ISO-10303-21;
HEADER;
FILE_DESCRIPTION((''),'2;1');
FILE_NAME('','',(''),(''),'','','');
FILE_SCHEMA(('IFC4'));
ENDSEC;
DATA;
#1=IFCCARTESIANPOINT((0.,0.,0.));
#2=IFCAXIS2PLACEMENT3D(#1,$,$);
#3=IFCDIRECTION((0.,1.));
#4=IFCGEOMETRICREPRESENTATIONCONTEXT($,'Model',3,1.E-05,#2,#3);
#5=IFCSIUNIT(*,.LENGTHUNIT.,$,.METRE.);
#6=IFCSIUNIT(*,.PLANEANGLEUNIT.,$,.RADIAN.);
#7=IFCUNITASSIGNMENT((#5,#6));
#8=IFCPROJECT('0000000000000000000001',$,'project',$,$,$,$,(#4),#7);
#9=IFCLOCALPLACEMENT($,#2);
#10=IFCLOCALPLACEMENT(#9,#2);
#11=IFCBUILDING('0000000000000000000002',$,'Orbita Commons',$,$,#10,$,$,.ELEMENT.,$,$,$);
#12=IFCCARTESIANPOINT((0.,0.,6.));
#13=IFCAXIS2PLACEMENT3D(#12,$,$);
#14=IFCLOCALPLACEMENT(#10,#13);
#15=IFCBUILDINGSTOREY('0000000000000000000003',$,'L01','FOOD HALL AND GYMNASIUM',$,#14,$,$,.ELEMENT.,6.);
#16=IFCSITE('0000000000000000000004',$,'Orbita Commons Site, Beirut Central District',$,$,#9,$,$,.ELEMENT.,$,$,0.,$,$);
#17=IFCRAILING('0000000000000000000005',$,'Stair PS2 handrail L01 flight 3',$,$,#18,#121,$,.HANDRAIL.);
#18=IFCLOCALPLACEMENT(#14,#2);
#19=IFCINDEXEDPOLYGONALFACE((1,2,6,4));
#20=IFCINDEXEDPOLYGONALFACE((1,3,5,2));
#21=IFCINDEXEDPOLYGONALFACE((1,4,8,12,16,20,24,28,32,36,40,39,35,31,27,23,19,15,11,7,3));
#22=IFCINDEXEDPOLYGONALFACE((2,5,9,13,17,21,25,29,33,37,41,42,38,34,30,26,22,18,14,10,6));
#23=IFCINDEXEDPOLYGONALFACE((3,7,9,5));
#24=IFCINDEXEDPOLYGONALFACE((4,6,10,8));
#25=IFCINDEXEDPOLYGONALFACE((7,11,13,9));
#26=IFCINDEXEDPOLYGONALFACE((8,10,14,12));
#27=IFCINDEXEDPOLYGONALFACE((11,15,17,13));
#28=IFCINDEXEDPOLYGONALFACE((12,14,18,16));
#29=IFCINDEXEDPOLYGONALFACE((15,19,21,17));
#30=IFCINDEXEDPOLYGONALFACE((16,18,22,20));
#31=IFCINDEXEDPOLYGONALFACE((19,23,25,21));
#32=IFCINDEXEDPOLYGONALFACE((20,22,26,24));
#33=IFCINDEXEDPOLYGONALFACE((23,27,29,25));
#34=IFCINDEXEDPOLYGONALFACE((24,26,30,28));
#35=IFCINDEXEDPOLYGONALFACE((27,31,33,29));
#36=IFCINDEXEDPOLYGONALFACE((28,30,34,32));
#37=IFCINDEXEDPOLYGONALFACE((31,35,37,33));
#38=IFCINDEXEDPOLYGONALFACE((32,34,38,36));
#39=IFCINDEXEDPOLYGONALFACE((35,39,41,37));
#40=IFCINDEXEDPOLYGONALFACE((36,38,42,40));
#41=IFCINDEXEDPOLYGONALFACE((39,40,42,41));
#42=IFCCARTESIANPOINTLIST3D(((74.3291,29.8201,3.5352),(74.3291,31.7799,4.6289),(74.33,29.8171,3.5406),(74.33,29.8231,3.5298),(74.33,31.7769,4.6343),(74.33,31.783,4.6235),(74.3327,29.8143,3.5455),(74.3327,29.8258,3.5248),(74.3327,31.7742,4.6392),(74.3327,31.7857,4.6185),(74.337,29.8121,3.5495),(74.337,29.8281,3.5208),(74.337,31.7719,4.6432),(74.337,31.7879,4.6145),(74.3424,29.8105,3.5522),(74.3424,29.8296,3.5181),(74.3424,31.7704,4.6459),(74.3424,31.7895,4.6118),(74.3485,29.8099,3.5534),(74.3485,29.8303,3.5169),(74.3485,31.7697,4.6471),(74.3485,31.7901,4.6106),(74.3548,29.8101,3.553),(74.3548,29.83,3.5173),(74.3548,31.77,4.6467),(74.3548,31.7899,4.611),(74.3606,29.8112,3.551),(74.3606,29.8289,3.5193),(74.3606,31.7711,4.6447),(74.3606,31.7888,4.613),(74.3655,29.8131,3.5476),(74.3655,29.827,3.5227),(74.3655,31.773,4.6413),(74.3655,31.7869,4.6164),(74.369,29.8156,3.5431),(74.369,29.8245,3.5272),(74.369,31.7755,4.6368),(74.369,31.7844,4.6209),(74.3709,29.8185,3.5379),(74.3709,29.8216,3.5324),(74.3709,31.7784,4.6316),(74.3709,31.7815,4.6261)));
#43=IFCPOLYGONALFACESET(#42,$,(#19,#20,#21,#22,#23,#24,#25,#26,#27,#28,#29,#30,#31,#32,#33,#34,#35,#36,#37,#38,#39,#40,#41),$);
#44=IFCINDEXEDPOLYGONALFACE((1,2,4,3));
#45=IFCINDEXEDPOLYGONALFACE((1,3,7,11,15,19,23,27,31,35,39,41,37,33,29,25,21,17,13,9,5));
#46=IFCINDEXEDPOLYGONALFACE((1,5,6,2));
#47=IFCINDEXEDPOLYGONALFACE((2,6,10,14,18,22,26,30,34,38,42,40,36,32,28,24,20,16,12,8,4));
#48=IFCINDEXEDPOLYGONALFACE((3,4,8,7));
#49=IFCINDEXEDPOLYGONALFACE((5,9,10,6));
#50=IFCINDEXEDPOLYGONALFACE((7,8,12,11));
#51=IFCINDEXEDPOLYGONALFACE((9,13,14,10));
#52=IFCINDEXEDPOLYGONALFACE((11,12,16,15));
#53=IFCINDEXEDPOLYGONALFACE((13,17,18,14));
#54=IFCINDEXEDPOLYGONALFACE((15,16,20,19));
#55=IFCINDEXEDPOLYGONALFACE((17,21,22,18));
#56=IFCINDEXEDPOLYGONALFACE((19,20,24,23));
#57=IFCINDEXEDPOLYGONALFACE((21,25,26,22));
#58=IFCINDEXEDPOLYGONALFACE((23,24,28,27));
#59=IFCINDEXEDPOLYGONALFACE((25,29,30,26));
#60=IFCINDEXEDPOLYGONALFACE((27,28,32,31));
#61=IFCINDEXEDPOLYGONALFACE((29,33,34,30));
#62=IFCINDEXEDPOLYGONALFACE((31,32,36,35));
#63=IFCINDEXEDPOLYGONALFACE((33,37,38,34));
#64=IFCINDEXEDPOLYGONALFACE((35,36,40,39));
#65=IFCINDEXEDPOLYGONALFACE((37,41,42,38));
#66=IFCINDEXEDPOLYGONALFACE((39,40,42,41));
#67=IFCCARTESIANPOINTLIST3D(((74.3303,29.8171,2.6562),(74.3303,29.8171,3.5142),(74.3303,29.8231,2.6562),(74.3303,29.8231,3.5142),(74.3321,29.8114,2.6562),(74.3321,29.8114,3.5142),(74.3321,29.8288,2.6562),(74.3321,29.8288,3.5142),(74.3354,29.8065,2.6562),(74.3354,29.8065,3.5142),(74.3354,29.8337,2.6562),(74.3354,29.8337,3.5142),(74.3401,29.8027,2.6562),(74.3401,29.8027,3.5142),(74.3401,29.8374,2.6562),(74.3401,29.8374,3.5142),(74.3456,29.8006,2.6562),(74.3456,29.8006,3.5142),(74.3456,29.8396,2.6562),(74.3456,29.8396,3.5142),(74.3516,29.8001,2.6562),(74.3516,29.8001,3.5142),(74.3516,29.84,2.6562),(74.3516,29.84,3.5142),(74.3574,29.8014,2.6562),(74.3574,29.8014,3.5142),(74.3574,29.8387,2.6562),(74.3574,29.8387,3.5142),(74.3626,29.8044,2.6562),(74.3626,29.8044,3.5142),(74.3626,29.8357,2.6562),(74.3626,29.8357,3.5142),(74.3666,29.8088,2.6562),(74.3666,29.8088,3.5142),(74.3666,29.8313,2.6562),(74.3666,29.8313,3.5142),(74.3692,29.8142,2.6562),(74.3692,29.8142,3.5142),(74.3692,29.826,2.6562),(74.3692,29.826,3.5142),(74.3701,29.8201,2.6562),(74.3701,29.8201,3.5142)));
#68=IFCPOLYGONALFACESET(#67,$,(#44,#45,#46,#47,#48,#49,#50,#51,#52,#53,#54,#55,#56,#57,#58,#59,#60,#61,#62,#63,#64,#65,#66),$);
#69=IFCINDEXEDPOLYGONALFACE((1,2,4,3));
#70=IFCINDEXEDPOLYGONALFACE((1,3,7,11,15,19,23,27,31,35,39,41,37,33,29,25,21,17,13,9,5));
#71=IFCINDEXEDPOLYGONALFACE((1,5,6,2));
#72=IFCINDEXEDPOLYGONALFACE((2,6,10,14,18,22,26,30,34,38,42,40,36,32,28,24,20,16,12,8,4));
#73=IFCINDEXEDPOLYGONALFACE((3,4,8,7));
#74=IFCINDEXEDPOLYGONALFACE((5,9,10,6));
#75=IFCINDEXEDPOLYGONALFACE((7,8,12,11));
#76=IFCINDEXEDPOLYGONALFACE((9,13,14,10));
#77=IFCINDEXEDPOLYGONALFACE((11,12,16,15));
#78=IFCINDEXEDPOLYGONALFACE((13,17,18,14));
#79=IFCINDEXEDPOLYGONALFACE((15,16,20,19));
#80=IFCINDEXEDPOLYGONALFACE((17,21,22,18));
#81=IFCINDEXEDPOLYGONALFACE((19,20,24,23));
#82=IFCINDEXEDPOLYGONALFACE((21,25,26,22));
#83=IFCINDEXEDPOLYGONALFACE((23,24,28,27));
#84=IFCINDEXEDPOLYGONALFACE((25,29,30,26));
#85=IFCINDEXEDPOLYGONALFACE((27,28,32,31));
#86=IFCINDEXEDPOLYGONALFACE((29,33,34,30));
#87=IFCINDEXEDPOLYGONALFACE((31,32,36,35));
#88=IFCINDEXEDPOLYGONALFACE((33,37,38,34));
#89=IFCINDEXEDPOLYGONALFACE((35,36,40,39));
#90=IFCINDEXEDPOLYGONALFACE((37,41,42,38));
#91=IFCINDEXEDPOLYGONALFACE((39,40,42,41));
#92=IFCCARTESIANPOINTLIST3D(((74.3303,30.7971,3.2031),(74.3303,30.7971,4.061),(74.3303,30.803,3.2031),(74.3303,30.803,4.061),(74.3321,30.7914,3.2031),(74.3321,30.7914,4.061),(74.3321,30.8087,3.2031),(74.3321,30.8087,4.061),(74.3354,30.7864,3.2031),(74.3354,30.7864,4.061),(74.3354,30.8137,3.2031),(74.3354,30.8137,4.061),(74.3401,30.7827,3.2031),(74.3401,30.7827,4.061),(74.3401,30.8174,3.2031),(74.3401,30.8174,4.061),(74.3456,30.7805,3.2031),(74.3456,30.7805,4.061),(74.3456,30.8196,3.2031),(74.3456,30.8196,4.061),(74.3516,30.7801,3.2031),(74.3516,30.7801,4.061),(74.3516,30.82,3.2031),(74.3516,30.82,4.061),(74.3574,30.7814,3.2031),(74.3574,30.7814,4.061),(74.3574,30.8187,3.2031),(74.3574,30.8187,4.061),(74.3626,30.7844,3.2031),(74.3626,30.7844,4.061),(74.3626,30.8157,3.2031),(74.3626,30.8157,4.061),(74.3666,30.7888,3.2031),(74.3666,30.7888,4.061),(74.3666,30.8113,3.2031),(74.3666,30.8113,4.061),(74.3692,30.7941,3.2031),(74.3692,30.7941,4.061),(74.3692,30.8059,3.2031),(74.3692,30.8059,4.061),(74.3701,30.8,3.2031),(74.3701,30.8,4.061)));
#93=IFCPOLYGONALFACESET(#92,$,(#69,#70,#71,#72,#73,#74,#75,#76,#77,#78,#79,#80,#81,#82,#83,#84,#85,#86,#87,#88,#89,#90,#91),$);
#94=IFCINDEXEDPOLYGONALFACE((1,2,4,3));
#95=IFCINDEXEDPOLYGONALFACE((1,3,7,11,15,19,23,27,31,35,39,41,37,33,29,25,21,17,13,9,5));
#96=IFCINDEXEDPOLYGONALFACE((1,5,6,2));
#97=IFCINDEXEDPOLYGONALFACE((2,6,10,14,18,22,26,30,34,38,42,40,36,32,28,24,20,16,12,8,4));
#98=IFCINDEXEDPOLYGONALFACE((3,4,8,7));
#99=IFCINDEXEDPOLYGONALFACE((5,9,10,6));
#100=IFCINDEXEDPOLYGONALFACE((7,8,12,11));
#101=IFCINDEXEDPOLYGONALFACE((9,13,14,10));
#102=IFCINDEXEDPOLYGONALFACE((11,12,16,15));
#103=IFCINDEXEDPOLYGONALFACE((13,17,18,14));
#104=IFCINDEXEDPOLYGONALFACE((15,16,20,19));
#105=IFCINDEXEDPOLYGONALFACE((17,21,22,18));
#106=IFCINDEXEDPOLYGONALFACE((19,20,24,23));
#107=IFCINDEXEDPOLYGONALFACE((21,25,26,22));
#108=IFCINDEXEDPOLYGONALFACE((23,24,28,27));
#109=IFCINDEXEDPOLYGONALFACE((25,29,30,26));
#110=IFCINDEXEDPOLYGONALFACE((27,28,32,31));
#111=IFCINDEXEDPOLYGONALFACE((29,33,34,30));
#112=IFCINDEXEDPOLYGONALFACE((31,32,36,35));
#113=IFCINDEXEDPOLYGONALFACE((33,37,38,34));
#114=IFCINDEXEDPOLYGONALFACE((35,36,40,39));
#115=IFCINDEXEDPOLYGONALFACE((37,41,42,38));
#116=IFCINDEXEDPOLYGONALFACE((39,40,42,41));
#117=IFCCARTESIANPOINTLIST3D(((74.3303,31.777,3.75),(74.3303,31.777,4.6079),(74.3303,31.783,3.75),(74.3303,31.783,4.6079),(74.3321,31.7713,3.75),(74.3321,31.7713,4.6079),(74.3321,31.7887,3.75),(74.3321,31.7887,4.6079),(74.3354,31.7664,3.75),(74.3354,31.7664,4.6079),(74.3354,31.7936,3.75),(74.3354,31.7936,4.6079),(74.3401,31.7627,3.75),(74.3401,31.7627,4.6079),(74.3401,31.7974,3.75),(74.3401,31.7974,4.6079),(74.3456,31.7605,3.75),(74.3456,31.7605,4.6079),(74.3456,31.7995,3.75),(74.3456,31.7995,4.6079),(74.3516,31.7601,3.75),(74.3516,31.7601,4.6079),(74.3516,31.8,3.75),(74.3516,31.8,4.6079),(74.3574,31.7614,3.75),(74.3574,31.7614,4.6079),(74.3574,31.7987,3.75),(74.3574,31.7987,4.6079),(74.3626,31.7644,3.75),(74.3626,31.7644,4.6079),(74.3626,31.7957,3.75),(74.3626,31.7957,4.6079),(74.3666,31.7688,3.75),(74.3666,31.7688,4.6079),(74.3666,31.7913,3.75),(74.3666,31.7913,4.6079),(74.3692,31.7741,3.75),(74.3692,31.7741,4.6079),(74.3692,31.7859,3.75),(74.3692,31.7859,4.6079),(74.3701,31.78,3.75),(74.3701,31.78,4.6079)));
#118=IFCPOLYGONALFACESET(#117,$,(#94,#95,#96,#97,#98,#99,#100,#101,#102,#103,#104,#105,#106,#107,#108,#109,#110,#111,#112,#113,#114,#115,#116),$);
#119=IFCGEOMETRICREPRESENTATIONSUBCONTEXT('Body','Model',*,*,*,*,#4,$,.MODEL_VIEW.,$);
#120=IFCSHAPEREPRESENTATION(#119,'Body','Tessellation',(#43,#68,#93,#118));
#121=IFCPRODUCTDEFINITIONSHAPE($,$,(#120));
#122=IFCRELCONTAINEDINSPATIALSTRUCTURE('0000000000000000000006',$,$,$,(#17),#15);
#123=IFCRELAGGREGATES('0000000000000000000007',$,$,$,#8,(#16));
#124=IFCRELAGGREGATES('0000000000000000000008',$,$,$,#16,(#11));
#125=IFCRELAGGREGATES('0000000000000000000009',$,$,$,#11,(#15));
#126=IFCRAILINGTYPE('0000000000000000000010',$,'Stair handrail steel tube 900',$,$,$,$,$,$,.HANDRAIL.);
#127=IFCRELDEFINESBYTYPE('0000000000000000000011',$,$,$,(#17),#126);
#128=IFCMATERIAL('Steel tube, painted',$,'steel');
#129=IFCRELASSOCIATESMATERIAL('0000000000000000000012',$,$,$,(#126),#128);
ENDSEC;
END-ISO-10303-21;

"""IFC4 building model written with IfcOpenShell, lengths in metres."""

from ifc_helpers import new_model, si_unit, direction, frame, origin, origin_2d, place, context, subcontext, project, spatial, circle, extrude, material, type_object, element, save


model = new_model("IFC4")

# Units and contexts
model_context = context("Model", 3, precision=1e-05, world=origin(), true_north=direction((0.0, 1.0)))
body_context = subcontext(model_context, "Body", "Model", "MODEL_VIEW")
ifc_project = project(units=[si_unit("LENGTHUNIT", "METRE"), si_unit("PLANEANGLEUNIT", "RADIAN")], contexts=[model_context])

# Site, building, storey
site_placement = place(None, origin())
site = spatial("IfcSite", under=ifc_project, at=site_placement, Name="Orbita Commons Site, Beirut Central District", CompositionType="ELEMENT", RefElevation=0.0)
building_placement = place(site_placement, origin())
building = spatial("IfcBuilding", under=site, at=building_placement, Name="Orbita Commons", CompositionType="ELEMENT")
storey_placement = place(building_placement, frame((0.0, 0.0, 6.0)))
storey = spatial("IfcBuildingStorey", under=building, at=storey_placement, Name="L01", Description="FOOD HALL AND GYMNASIUM", CompositionType="ELEMENT", Elevation=6.0)

# Railing
ifc_material_1 = material(Name="Steel tube, painted", Category="steel")
railing_type_1 = type_object("IfcRailingType", Name="Stair handrail steel tube 900", PredefinedType="HANDRAIL", material=ifc_material_1)
railing_1_placement = place(storey_placement, frame((74.3501, 29.8201, 2.6562)))
element("IfcRailing", 1, at=railing_1_placement, inside=storey, type_object=railing_type_1, Name="Stair PS2 handrail L01 flight 3", PredefinedType="HANDRAIL", context=body_context, shape_type="SweptSolid", body=[
    extrude(circle(Radius=0.021, at=origin_2d()), frame((0.0, 0.0, 0.8789), z_axis=(0.0, 0.873232, 0.487304), x_axis=(-1.0, 0.0, 0.0)), (0.0, 0.0, 1.0), 2.2444),
    extrude(circle(Radius=0.02, at=origin_2d()), origin(), (0.0, 0.0, 1.0), 0.8579),
    extrude(circle(Radius=0.02, at=origin_2d()), frame((0.0, 0.98, 0.5469)), (0.0, 0.0, 1.0), 0.8579),
    extrude(circle(Radius=0.02, at=origin_2d()), frame((0.0, 1.96, 1.0938)), (0.0, 0.0, 1.0), 0.8579),
])

save(model, "model.ifc")
